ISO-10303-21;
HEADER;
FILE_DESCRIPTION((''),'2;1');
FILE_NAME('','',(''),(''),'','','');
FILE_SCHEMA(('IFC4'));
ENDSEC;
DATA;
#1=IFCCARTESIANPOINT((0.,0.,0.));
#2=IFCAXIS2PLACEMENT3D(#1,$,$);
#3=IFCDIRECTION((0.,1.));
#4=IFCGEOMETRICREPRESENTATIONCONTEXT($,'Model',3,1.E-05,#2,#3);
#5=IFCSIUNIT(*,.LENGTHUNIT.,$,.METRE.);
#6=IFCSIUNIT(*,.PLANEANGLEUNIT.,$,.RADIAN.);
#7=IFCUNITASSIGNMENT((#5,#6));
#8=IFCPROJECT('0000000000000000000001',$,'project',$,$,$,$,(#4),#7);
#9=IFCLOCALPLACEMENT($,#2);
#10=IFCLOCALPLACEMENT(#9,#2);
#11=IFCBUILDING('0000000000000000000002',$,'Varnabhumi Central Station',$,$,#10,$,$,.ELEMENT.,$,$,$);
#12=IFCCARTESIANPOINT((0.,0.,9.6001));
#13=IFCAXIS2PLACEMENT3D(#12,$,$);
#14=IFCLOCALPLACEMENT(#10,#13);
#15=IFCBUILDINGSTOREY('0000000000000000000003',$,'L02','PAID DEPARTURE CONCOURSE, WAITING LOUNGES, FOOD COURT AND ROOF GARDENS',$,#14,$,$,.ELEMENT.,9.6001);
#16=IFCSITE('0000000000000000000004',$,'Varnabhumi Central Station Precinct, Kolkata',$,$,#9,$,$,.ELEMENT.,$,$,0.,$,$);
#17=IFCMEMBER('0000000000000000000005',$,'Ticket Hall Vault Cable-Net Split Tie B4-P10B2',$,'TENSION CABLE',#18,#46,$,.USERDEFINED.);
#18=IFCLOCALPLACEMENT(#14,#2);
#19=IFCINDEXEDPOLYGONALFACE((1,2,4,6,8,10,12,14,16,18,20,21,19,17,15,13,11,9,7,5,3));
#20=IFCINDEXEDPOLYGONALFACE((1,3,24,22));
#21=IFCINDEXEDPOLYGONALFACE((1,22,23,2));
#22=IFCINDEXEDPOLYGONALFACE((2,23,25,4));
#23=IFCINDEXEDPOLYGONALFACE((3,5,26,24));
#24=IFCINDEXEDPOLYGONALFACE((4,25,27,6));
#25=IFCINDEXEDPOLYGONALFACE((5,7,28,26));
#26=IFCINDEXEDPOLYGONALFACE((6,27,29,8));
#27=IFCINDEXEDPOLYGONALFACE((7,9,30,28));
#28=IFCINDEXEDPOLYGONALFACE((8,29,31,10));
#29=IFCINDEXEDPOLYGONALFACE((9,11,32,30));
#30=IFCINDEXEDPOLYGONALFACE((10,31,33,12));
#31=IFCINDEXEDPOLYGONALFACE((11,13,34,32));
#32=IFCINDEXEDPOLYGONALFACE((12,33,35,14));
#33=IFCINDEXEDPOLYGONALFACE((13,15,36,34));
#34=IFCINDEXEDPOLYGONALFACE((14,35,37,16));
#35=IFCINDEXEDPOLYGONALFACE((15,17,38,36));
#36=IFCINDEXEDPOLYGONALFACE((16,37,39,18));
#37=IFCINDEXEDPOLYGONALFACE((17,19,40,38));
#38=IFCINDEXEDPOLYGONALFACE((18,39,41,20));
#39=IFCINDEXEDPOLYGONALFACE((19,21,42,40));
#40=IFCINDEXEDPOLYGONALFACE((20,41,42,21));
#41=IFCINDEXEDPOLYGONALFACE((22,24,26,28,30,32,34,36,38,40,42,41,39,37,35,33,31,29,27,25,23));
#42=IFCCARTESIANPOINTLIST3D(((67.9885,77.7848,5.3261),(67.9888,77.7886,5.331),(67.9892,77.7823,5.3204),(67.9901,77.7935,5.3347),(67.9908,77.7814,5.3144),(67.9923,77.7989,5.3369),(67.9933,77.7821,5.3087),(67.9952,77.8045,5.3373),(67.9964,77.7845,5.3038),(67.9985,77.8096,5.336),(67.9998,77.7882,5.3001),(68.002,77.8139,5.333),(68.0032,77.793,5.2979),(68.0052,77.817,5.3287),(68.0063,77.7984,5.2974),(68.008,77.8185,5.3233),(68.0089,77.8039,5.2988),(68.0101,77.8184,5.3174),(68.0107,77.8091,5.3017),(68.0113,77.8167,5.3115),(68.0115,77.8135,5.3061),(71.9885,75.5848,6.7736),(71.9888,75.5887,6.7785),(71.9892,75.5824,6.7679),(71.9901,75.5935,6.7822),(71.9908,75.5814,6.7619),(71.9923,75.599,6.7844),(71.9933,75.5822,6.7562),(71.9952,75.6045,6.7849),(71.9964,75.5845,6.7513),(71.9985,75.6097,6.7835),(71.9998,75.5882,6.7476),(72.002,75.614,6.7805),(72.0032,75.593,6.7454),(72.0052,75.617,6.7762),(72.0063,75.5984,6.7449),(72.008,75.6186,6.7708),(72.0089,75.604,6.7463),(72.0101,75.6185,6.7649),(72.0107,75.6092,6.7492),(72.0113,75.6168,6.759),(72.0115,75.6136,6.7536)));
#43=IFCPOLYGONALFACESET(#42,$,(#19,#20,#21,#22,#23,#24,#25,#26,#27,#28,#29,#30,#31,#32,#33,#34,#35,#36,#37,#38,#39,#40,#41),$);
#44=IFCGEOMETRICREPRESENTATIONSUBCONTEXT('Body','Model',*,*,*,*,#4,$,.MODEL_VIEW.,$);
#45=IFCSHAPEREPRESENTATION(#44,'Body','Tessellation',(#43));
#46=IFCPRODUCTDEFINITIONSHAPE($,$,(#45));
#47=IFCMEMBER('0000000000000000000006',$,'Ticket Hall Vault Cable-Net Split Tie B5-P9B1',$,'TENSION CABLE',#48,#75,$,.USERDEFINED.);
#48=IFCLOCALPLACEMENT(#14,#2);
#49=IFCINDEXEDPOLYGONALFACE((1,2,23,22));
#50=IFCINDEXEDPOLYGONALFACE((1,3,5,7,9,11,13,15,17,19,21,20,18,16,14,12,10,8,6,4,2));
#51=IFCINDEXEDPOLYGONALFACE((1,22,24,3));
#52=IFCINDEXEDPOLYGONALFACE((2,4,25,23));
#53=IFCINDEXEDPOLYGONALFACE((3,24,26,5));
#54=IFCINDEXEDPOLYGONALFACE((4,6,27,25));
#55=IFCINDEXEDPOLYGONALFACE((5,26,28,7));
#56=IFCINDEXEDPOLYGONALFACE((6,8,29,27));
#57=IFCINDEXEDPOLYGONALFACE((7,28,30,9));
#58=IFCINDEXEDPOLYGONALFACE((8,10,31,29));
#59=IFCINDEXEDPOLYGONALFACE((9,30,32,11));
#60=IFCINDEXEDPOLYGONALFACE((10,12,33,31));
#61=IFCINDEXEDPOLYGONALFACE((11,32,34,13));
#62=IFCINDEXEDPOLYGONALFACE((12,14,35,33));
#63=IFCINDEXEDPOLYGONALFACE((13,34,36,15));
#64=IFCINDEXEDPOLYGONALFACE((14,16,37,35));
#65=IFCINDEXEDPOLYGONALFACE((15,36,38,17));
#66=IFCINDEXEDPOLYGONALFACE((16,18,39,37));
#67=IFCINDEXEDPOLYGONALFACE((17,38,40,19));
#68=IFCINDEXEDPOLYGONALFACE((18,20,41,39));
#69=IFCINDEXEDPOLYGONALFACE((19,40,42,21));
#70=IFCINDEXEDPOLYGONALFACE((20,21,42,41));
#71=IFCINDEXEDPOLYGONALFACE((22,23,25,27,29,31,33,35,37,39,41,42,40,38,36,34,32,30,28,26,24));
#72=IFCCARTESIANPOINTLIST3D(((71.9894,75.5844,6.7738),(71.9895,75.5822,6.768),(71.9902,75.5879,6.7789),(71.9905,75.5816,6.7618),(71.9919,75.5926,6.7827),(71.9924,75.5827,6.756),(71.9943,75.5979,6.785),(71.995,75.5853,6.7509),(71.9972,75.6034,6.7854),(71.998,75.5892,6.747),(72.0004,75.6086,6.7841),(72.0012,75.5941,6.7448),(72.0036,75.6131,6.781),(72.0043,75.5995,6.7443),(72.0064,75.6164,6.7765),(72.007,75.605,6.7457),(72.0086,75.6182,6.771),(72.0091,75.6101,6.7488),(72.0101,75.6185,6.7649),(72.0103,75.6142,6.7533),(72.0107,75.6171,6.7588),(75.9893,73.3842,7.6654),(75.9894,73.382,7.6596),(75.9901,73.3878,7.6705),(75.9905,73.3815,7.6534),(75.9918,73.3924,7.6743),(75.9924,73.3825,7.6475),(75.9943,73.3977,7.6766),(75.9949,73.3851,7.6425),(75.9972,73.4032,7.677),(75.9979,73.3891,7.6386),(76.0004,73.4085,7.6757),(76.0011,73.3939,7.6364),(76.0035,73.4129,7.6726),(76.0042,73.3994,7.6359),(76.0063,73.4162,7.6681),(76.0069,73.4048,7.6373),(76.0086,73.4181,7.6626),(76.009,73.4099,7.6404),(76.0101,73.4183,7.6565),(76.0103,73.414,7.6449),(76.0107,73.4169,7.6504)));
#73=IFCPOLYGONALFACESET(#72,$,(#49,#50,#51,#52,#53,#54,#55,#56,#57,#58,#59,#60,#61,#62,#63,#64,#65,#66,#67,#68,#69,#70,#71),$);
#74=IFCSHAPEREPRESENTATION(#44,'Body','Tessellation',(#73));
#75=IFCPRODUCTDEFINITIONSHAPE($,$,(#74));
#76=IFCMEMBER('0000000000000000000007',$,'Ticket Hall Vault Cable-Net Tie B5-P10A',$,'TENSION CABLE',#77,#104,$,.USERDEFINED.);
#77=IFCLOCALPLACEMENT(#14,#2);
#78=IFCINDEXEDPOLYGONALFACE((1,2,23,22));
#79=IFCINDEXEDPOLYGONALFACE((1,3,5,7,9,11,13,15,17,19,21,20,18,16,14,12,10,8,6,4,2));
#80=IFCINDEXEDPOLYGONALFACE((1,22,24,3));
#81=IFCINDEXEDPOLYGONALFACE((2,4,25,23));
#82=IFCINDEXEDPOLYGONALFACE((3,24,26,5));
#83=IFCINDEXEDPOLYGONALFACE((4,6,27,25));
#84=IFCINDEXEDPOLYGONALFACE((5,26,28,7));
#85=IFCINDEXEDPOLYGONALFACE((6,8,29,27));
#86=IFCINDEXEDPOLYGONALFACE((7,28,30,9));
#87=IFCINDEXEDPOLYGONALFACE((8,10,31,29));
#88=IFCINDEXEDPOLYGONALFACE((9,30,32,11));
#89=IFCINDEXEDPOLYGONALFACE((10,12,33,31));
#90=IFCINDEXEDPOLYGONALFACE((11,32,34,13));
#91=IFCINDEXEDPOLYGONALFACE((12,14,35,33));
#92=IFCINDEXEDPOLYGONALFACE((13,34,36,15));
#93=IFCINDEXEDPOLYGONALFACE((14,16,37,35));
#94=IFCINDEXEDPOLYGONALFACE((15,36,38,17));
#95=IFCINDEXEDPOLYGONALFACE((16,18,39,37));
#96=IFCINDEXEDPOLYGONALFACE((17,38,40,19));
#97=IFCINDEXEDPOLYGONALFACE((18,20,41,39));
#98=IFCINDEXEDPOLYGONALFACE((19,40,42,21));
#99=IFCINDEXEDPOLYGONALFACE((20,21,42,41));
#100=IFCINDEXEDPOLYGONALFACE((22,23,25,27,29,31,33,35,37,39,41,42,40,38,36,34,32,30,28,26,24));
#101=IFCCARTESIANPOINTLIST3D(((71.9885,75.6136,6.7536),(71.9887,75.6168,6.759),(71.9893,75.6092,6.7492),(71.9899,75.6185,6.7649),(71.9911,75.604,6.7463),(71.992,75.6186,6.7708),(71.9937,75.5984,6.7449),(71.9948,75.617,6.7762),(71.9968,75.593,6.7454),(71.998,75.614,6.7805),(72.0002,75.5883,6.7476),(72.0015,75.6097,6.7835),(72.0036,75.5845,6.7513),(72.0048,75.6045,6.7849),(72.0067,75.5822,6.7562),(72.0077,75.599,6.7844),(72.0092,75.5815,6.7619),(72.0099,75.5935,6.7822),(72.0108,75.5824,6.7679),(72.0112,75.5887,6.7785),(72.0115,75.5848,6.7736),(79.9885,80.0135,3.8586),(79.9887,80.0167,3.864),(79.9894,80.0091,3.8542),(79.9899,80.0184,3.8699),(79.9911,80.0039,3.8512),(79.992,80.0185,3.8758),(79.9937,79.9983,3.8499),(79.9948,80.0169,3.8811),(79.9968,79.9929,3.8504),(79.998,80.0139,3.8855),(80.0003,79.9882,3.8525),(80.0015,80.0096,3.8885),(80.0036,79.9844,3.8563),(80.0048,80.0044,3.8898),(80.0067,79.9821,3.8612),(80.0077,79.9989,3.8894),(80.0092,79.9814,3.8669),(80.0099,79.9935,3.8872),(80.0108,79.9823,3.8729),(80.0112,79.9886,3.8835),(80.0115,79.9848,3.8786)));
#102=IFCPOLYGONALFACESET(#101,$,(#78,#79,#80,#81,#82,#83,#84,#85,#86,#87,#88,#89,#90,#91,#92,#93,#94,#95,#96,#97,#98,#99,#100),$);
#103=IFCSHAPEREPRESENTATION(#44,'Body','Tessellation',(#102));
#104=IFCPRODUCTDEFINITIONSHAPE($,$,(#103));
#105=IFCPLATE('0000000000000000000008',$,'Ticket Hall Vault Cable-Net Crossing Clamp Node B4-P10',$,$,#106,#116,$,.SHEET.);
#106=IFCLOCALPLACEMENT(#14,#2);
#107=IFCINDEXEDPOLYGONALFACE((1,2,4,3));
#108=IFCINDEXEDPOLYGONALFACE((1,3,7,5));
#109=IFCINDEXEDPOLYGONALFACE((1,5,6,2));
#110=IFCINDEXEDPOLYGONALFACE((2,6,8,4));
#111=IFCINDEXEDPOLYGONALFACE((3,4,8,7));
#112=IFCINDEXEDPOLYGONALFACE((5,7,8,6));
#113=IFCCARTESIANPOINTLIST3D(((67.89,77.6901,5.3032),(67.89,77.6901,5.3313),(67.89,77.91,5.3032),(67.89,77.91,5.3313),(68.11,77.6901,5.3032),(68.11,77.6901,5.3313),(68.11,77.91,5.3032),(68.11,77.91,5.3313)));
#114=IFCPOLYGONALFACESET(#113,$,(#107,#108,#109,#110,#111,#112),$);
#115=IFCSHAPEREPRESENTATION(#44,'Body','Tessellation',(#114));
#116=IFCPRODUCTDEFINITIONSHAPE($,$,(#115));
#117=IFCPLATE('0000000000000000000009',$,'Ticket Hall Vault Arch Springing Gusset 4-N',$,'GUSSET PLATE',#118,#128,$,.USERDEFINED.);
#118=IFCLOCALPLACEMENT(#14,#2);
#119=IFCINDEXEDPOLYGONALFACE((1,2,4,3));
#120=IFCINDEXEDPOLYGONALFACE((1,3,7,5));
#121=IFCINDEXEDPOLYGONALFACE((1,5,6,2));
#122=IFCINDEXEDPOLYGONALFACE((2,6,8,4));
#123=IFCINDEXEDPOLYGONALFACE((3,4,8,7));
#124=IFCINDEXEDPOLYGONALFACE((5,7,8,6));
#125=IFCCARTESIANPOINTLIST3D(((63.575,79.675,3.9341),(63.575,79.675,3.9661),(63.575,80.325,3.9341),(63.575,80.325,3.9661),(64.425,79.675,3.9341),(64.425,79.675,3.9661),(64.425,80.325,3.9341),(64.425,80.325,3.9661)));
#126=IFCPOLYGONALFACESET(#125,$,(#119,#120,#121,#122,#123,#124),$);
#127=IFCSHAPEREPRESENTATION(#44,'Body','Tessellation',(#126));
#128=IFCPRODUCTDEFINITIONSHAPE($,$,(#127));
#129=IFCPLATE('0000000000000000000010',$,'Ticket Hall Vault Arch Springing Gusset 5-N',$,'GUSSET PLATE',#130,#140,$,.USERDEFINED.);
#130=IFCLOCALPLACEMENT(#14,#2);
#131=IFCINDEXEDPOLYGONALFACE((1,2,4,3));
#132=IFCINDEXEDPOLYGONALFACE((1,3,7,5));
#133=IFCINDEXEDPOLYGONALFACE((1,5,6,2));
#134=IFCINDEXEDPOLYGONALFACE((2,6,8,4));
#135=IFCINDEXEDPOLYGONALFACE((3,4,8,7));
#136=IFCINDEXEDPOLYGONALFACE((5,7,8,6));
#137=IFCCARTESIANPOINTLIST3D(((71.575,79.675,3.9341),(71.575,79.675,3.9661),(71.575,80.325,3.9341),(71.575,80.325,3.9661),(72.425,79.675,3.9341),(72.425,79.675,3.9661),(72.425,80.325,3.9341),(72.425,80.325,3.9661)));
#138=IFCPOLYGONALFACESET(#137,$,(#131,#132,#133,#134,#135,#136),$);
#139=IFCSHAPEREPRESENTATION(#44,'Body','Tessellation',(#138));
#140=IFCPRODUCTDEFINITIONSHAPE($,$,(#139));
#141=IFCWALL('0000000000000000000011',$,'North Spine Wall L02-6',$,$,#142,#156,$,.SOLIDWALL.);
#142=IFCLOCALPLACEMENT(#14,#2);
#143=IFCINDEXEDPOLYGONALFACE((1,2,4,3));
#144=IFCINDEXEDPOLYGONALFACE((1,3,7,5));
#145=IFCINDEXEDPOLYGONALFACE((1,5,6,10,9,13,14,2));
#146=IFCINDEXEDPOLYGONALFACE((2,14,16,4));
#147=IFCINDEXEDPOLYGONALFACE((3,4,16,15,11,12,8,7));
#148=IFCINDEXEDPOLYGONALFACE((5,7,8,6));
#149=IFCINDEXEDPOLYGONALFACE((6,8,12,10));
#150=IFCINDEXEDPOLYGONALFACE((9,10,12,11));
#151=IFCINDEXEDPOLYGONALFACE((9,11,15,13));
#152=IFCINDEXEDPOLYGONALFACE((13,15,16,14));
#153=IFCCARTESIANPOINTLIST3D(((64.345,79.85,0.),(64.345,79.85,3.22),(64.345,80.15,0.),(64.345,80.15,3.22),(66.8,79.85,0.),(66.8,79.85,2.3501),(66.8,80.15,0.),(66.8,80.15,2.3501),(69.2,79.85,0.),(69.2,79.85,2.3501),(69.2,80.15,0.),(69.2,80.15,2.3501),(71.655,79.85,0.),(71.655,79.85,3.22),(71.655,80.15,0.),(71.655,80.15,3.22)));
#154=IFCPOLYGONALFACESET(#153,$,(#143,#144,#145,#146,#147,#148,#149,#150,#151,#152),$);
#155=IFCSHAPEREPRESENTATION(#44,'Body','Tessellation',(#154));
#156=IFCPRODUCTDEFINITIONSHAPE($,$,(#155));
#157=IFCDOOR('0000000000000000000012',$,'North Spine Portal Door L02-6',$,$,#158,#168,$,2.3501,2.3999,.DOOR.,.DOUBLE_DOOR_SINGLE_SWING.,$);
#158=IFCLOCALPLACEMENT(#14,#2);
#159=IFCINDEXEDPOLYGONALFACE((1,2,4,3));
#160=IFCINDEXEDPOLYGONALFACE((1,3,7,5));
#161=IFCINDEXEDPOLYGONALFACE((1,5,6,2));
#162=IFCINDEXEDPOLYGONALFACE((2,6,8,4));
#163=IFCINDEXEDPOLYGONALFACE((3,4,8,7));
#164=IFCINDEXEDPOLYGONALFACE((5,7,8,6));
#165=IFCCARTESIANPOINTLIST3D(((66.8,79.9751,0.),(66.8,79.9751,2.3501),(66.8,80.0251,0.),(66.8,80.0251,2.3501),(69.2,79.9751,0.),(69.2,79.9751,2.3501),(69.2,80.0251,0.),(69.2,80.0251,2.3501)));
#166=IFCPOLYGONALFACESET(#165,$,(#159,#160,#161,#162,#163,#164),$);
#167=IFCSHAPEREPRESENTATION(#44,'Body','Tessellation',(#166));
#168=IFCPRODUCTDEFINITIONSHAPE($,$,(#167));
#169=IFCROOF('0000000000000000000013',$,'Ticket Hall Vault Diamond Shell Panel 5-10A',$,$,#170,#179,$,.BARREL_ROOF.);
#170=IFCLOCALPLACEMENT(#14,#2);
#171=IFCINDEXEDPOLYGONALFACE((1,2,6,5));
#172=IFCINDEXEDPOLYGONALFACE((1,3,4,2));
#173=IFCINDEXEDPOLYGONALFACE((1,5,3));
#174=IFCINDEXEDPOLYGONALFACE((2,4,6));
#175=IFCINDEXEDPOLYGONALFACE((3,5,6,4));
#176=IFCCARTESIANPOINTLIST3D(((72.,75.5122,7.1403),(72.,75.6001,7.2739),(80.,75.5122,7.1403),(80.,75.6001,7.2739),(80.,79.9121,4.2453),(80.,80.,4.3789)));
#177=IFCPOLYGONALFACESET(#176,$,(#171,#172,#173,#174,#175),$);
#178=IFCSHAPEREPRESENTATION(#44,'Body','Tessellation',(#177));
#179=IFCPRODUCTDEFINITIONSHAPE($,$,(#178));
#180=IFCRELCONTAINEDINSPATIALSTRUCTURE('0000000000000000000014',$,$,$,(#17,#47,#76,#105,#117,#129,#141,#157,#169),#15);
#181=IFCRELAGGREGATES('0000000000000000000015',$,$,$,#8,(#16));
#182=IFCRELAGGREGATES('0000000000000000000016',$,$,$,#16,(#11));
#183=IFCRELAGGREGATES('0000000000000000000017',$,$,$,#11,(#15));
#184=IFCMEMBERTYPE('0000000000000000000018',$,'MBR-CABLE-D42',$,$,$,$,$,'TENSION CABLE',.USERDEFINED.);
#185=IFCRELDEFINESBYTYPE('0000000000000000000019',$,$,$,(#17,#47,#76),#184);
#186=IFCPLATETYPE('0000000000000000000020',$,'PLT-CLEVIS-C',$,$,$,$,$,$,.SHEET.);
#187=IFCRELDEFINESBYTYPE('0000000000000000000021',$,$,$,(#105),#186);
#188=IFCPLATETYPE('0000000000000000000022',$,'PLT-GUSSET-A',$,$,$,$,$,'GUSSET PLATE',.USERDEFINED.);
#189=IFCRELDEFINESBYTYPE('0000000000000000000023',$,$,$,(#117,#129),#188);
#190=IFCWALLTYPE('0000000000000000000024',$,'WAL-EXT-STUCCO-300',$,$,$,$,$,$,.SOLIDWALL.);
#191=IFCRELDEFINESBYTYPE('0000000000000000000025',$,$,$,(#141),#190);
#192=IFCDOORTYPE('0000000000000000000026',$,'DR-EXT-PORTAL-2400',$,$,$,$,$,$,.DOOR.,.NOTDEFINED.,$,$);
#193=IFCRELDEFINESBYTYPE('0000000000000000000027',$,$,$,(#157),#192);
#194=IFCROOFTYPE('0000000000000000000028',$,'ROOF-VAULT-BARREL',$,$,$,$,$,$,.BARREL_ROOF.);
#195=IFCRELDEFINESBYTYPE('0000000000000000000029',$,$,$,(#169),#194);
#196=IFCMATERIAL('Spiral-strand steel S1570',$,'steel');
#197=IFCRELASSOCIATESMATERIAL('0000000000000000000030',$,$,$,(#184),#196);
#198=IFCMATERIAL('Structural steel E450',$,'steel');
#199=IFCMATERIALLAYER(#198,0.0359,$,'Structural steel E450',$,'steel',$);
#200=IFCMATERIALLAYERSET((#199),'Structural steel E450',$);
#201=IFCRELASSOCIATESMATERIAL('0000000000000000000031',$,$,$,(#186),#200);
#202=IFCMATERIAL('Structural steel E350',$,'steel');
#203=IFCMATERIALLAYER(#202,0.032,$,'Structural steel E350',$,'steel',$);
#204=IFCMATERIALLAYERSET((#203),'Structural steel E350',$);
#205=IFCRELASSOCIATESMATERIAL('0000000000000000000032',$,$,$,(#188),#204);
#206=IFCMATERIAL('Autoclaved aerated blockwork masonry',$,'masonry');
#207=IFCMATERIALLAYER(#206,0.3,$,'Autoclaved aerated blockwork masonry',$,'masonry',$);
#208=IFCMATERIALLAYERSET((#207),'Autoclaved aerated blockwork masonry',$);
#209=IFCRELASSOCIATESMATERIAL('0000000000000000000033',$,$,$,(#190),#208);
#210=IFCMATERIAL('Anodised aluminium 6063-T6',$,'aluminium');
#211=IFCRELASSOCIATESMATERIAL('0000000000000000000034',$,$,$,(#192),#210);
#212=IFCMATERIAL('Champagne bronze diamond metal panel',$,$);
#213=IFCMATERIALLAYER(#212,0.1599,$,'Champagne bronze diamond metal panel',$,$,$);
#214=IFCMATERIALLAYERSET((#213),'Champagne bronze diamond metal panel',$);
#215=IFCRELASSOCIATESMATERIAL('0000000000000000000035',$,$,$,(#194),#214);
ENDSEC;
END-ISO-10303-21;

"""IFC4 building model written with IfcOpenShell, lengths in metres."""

from ifc_helpers import new_model, si_unit, direction, frame, frame_2d, origin, origin_2d, place, context, subcontext, project, spatial, polyline, rectangle, circle, outline, extrude, material, layer, layer_set, material_profile, profile_set, type_object, element, fill, save


model = new_model("IFC4")

# Units and contexts
model_context = context("Model", 3, precision=1e-05, world=origin(), true_north=direction((0.0, 1.0)))
body_context = subcontext(model_context, "Body", "Model", "MODEL_VIEW")
ifc_project = project(units=[si_unit("LENGTHUNIT", "METRE"), si_unit("PLANEANGLEUNIT", "RADIAN")], contexts=[model_context])

# Site, building, storey
site_placement = place(None, origin())
site = spatial("IfcSite", under=ifc_project, at=site_placement, Name="Varnabhumi Central Station Precinct, Kolkata", CompositionType="ELEMENT", RefElevation=0.0)
building_placement = place(site_placement, origin())
building = spatial("IfcBuilding", under=site, at=building_placement, Name="Varnabhumi Central Station", CompositionType="ELEMENT")
storey_placement = place(building_placement, frame((0.0, 0.0, 9.6001)))
storey = spatial("IfcBuildingStorey", under=building, at=storey_placement, Name="L02", Description="PAID DEPARTURE CONCOURSE, WAITING LOUNGES, FOOD COURT AND ROOF GARDENS", CompositionType="ELEMENT", Elevation=9.6001)

# Shared definitions
ifc_material_1 = material(Name="Structural steel E450", Category="steel")
ifc_material_2 = material(Name="Structural steel E350", Category="steel")

# Members
ifc_material_3 = material(Name="Spiral-strand steel S1570", Category="steel")
ifc_material_profile_1 = material_profile(ifc_material_3, circle(Radius=0.021, at=origin_2d()), Name="Spiral-strand steel S1570", Category="steel")
ifc_profile_set_1 = profile_set([ifc_material_profile_1], Name="Spiral-strand steel S1570")
member_type = type_object("IfcMemberType", Name="MBR-CABLE-D42", ElementType="TENSION CABLE", PredefinedType="USERDEFINED", material=ifc_profile_set_1)
for number, where, z_axis, x_axis, name in (
    (1, (68.0, 77.8, 5.3174), (0.835237, -0.45937, 0.302254), (0.481911, 0.87622, 0.0), "Ticket Hall Vault Cable-Net Split Tie B4-P10B2"),
):
    element("IfcMember", number, at=place(storey_placement, frame(where, z_axis=z_axis, x_axis=x_axis)), inside=storey, type_object=member_type, Name=name, ObjectType="TENSION CABLE", PredefinedType="USERDEFINED", context=body_context, shape_type="SweptSolid", body=[
        extrude(circle(Radius=0.021, at=origin_2d()), origin(), (0.0, 0.0, 1.0), 4.7891),
    ])
member_1_placement = place(storey_placement, frame((72.0, 75.6001, 6.7649), z_axis=(0.85995, -0.473015, 0.191683), x_axis=(0.481952, 0.876198, 0.0)))
element("IfcMember", 2, at=member_1_placement, inside=storey, type_object=member_type, Name="Ticket Hall Vault Cable-Net Split Tie B5-P9B1", ObjectType="TENSION CABLE", PredefinedType="USERDEFINED", context=body_context, shape_type="SweptSolid", body=[
    extrude(circle(Radius=0.021, at=origin_2d()), origin(), (0.0, 0.0, 1.0), 4.6514),
])
member_2_placement = place(storey_placement, frame((72.0, 75.6001, 6.7649), z_axis=(0.835237, 0.45937, -0.302254), x_axis=(-0.481911, 0.87622, 0.0)))
element("IfcMember", 3, at=member_2_placement, inside=storey, type_object=member_type, Name="Ticket Hall Vault Cable-Net Tie B5-P10A", ObjectType="TENSION CABLE", PredefinedType="USERDEFINED", context=body_context, shape_type="SweptSolid", body=[
    extrude(circle(Radius=0.021, at=origin_2d()), origin(), (0.0, 0.0, 1.0), 9.5781),
])

# Plates
ifc_layer_1 = layer(ifc_material_1, 0.0359, Name="Structural steel E450", Category="steel")
ifc_layer_set_1 = layer_set([ifc_layer_1], Name="Structural steel E450")
plate_type_1 = type_object("IfcPlateType", Name="PLT-CLEVIS-C", PredefinedType="SHEET", material=ifc_layer_set_1)
plate_placement = place(storey_placement, frame((68.0, 77.8, 5.3032), z_axis=(0.0, 0.0, 1.0), x_axis=(1.0, 0.0, 0.0)))
element("IfcPlate", 4, at=plate_placement, inside=storey, type_object=plate_type_1, Name="Ticket Hall Vault Cable-Net Crossing Clamp Node B4-P10", PredefinedType="SHEET", context=body_context, shape_type="SweptSolid", body=[
    extrude(rectangle(XDim=0.22, YDim=0.22, at=origin_2d()), origin(), (0.0, 0.0, 1.0), 0.0281),
])
ifc_layer_2 = layer(ifc_material_2, 0.032, Name="Structural steel E350", Category="steel")
ifc_layer_set_2 = layer_set([ifc_layer_2], Name="Structural steel E350")
plate_type_2 = type_object("IfcPlateType", Name="PLT-GUSSET-A", ElementType="GUSSET PLATE", PredefinedType="USERDEFINED", material=ifc_layer_set_2)
for number, where, z_axis, x_axis, name in (
    (5, (64.0, 80.0, 3.9341), (0.0, 0.0, 1.0), (1.0, 0.0, 0.0), "Ticket Hall Vault Arch Springing Gusset 4-N"),
    (6, (72.0, 80.0, 3.9341), (0.0, 0.0, 1.0), (1.0, 0.0, 0.0), "Ticket Hall Vault Arch Springing Gusset 5-N"),
):
    element("IfcPlate", number, at=place(storey_placement, frame(where, z_axis=z_axis, x_axis=x_axis)), inside=storey, type_object=plate_type_2, Name=name, ObjectType="GUSSET PLATE", PredefinedType="USERDEFINED", context=body_context, shape_type="SweptSolid", body=[
        extrude(rectangle(XDim=0.8501, YDim=0.6499, at=origin_2d()), origin(), (0.0, 0.0, 1.0), 0.032),
    ])

# Wall, opening, door
ifc_material_4 = material(Name="Autoclaved aerated blockwork masonry", Category="masonry")
ifc_layer_3 = layer(ifc_material_4, 0.3, Name="Autoclaved aerated blockwork masonry", Category="masonry")
ifc_layer_set_3 = layer_set([ifc_layer_3], Name="Autoclaved aerated blockwork masonry")
wall_type = type_object("IfcWallType", Name="WAL-EXT-STUCCO-300", PredefinedType="SOLIDWALL", material=ifc_layer_set_3)
wall_placement = place(storey_placement, frame((64.345, 80.0, 0.0), z_axis=(0.0, 0.0, 1.0), x_axis=(1.0, 0.0, 0.0)))
wall = element("IfcWall", 7, at=wall_placement, inside=storey, type_object=wall_type, Name="North Spine Wall L02-6", PredefinedType="SOLIDWALL", context=body_context, shape_type="SweptSolid", body=[
    extrude(rectangle(XDim=7.3101, YDim=0.3, at=frame_2d((3.655, 0.0))), origin(), (0.0, 0.0, 1.0), 3.22),
])
opening_placement = place(wall_placement, frame((2.4551, 0.0, 0.0)))
opening = element("IfcOpeningElement", 8, at=opening_placement, cuts=wall, PredefinedType="OPENING", context=body_context, shape_type="SweptSolid", body=[
    extrude(rectangle(XDim=2.3999, YDim=2.3501, at=frame_2d((1.2, 1.175))), frame((0.0, 0.1599, 0.0), z_axis=(0.0, -1.0, 0.0), x_axis=(1.0, 0.0, 0.0)), (0.0, 0.0, 1.0), 0.3201),
])
ifc_material_5 = material(Name="Anodised aluminium 6063-T6", Category="aluminium")
door_type = type_object("IfcDoorType", Name="DR-EXT-PORTAL-2400", OperationType="NOTDEFINED", PredefinedType="DOOR", material=ifc_material_5)
door_placement = place(opening_placement, frame((2.3999, 0.0, 0.0), z_axis=(0.0, 0.0, 1.0), x_axis=(-1.0, 0.0, 0.0)))
door = element("IfcDoor", 9, at=door_placement, inside=storey, type_object=door_type, Name="North Spine Portal Door L02-6", OperationType="DOUBLE_DOOR_SINGLE_SWING", OverallHeight=2.3501, OverallWidth=2.3999, PredefinedType="DOOR", context=body_context, shape_type="SweptSolid", body=[
    extrude(rectangle(XDim=2.3999, YDim=2.3501, at=frame_2d((1.2, 1.175))), frame((0.0, 0.0249, 0.0), z_axis=(0.0, -1.0, 0.0), x_axis=(1.0, 0.0, 0.0)), (0.0, 0.0, 1.0), 0.05),
])
fill(opening, door)

# Roof
ifc_material_6 = material(Name="Champagne bronze diamond metal panel")
ifc_layer_4 = layer(ifc_material_6, 0.1599, Name="Champagne bronze diamond metal panel")
ifc_layer_set_4 = layer_set([ifc_layer_4], Name="Champagne bronze diamond metal panel")
roof_type = type_object("IfcRoofType", Name="ROOF-VAULT-BARREL", PredefinedType="BARREL_ROOF", material=ifc_layer_set_4)
roof_1_placement = place(storey_placement, frame((72.0, 75.6001, 7.2739), z_axis=(0.0, 0.549662, 0.835387), x_axis=(1.0, 0.0, 0.0)))
element("IfcRoof", 10, at=roof_1_placement, inside=storey, type_object=roof_type, Name="Ticket Hall Vault Diamond Shell Panel 5-10A", PredefinedType="BARREL_ROOF", context=body_context, shape_type="SweptSolid", body=[
    extrude(outline(polyline([(0.0, 0.0), (8.0, 0.0), (8.0, 5.2669), (0.0, 0.0)])), origin(), (0.0, 0.0, -1.0), 0.1599),
])

save(model, "model.ifc")
